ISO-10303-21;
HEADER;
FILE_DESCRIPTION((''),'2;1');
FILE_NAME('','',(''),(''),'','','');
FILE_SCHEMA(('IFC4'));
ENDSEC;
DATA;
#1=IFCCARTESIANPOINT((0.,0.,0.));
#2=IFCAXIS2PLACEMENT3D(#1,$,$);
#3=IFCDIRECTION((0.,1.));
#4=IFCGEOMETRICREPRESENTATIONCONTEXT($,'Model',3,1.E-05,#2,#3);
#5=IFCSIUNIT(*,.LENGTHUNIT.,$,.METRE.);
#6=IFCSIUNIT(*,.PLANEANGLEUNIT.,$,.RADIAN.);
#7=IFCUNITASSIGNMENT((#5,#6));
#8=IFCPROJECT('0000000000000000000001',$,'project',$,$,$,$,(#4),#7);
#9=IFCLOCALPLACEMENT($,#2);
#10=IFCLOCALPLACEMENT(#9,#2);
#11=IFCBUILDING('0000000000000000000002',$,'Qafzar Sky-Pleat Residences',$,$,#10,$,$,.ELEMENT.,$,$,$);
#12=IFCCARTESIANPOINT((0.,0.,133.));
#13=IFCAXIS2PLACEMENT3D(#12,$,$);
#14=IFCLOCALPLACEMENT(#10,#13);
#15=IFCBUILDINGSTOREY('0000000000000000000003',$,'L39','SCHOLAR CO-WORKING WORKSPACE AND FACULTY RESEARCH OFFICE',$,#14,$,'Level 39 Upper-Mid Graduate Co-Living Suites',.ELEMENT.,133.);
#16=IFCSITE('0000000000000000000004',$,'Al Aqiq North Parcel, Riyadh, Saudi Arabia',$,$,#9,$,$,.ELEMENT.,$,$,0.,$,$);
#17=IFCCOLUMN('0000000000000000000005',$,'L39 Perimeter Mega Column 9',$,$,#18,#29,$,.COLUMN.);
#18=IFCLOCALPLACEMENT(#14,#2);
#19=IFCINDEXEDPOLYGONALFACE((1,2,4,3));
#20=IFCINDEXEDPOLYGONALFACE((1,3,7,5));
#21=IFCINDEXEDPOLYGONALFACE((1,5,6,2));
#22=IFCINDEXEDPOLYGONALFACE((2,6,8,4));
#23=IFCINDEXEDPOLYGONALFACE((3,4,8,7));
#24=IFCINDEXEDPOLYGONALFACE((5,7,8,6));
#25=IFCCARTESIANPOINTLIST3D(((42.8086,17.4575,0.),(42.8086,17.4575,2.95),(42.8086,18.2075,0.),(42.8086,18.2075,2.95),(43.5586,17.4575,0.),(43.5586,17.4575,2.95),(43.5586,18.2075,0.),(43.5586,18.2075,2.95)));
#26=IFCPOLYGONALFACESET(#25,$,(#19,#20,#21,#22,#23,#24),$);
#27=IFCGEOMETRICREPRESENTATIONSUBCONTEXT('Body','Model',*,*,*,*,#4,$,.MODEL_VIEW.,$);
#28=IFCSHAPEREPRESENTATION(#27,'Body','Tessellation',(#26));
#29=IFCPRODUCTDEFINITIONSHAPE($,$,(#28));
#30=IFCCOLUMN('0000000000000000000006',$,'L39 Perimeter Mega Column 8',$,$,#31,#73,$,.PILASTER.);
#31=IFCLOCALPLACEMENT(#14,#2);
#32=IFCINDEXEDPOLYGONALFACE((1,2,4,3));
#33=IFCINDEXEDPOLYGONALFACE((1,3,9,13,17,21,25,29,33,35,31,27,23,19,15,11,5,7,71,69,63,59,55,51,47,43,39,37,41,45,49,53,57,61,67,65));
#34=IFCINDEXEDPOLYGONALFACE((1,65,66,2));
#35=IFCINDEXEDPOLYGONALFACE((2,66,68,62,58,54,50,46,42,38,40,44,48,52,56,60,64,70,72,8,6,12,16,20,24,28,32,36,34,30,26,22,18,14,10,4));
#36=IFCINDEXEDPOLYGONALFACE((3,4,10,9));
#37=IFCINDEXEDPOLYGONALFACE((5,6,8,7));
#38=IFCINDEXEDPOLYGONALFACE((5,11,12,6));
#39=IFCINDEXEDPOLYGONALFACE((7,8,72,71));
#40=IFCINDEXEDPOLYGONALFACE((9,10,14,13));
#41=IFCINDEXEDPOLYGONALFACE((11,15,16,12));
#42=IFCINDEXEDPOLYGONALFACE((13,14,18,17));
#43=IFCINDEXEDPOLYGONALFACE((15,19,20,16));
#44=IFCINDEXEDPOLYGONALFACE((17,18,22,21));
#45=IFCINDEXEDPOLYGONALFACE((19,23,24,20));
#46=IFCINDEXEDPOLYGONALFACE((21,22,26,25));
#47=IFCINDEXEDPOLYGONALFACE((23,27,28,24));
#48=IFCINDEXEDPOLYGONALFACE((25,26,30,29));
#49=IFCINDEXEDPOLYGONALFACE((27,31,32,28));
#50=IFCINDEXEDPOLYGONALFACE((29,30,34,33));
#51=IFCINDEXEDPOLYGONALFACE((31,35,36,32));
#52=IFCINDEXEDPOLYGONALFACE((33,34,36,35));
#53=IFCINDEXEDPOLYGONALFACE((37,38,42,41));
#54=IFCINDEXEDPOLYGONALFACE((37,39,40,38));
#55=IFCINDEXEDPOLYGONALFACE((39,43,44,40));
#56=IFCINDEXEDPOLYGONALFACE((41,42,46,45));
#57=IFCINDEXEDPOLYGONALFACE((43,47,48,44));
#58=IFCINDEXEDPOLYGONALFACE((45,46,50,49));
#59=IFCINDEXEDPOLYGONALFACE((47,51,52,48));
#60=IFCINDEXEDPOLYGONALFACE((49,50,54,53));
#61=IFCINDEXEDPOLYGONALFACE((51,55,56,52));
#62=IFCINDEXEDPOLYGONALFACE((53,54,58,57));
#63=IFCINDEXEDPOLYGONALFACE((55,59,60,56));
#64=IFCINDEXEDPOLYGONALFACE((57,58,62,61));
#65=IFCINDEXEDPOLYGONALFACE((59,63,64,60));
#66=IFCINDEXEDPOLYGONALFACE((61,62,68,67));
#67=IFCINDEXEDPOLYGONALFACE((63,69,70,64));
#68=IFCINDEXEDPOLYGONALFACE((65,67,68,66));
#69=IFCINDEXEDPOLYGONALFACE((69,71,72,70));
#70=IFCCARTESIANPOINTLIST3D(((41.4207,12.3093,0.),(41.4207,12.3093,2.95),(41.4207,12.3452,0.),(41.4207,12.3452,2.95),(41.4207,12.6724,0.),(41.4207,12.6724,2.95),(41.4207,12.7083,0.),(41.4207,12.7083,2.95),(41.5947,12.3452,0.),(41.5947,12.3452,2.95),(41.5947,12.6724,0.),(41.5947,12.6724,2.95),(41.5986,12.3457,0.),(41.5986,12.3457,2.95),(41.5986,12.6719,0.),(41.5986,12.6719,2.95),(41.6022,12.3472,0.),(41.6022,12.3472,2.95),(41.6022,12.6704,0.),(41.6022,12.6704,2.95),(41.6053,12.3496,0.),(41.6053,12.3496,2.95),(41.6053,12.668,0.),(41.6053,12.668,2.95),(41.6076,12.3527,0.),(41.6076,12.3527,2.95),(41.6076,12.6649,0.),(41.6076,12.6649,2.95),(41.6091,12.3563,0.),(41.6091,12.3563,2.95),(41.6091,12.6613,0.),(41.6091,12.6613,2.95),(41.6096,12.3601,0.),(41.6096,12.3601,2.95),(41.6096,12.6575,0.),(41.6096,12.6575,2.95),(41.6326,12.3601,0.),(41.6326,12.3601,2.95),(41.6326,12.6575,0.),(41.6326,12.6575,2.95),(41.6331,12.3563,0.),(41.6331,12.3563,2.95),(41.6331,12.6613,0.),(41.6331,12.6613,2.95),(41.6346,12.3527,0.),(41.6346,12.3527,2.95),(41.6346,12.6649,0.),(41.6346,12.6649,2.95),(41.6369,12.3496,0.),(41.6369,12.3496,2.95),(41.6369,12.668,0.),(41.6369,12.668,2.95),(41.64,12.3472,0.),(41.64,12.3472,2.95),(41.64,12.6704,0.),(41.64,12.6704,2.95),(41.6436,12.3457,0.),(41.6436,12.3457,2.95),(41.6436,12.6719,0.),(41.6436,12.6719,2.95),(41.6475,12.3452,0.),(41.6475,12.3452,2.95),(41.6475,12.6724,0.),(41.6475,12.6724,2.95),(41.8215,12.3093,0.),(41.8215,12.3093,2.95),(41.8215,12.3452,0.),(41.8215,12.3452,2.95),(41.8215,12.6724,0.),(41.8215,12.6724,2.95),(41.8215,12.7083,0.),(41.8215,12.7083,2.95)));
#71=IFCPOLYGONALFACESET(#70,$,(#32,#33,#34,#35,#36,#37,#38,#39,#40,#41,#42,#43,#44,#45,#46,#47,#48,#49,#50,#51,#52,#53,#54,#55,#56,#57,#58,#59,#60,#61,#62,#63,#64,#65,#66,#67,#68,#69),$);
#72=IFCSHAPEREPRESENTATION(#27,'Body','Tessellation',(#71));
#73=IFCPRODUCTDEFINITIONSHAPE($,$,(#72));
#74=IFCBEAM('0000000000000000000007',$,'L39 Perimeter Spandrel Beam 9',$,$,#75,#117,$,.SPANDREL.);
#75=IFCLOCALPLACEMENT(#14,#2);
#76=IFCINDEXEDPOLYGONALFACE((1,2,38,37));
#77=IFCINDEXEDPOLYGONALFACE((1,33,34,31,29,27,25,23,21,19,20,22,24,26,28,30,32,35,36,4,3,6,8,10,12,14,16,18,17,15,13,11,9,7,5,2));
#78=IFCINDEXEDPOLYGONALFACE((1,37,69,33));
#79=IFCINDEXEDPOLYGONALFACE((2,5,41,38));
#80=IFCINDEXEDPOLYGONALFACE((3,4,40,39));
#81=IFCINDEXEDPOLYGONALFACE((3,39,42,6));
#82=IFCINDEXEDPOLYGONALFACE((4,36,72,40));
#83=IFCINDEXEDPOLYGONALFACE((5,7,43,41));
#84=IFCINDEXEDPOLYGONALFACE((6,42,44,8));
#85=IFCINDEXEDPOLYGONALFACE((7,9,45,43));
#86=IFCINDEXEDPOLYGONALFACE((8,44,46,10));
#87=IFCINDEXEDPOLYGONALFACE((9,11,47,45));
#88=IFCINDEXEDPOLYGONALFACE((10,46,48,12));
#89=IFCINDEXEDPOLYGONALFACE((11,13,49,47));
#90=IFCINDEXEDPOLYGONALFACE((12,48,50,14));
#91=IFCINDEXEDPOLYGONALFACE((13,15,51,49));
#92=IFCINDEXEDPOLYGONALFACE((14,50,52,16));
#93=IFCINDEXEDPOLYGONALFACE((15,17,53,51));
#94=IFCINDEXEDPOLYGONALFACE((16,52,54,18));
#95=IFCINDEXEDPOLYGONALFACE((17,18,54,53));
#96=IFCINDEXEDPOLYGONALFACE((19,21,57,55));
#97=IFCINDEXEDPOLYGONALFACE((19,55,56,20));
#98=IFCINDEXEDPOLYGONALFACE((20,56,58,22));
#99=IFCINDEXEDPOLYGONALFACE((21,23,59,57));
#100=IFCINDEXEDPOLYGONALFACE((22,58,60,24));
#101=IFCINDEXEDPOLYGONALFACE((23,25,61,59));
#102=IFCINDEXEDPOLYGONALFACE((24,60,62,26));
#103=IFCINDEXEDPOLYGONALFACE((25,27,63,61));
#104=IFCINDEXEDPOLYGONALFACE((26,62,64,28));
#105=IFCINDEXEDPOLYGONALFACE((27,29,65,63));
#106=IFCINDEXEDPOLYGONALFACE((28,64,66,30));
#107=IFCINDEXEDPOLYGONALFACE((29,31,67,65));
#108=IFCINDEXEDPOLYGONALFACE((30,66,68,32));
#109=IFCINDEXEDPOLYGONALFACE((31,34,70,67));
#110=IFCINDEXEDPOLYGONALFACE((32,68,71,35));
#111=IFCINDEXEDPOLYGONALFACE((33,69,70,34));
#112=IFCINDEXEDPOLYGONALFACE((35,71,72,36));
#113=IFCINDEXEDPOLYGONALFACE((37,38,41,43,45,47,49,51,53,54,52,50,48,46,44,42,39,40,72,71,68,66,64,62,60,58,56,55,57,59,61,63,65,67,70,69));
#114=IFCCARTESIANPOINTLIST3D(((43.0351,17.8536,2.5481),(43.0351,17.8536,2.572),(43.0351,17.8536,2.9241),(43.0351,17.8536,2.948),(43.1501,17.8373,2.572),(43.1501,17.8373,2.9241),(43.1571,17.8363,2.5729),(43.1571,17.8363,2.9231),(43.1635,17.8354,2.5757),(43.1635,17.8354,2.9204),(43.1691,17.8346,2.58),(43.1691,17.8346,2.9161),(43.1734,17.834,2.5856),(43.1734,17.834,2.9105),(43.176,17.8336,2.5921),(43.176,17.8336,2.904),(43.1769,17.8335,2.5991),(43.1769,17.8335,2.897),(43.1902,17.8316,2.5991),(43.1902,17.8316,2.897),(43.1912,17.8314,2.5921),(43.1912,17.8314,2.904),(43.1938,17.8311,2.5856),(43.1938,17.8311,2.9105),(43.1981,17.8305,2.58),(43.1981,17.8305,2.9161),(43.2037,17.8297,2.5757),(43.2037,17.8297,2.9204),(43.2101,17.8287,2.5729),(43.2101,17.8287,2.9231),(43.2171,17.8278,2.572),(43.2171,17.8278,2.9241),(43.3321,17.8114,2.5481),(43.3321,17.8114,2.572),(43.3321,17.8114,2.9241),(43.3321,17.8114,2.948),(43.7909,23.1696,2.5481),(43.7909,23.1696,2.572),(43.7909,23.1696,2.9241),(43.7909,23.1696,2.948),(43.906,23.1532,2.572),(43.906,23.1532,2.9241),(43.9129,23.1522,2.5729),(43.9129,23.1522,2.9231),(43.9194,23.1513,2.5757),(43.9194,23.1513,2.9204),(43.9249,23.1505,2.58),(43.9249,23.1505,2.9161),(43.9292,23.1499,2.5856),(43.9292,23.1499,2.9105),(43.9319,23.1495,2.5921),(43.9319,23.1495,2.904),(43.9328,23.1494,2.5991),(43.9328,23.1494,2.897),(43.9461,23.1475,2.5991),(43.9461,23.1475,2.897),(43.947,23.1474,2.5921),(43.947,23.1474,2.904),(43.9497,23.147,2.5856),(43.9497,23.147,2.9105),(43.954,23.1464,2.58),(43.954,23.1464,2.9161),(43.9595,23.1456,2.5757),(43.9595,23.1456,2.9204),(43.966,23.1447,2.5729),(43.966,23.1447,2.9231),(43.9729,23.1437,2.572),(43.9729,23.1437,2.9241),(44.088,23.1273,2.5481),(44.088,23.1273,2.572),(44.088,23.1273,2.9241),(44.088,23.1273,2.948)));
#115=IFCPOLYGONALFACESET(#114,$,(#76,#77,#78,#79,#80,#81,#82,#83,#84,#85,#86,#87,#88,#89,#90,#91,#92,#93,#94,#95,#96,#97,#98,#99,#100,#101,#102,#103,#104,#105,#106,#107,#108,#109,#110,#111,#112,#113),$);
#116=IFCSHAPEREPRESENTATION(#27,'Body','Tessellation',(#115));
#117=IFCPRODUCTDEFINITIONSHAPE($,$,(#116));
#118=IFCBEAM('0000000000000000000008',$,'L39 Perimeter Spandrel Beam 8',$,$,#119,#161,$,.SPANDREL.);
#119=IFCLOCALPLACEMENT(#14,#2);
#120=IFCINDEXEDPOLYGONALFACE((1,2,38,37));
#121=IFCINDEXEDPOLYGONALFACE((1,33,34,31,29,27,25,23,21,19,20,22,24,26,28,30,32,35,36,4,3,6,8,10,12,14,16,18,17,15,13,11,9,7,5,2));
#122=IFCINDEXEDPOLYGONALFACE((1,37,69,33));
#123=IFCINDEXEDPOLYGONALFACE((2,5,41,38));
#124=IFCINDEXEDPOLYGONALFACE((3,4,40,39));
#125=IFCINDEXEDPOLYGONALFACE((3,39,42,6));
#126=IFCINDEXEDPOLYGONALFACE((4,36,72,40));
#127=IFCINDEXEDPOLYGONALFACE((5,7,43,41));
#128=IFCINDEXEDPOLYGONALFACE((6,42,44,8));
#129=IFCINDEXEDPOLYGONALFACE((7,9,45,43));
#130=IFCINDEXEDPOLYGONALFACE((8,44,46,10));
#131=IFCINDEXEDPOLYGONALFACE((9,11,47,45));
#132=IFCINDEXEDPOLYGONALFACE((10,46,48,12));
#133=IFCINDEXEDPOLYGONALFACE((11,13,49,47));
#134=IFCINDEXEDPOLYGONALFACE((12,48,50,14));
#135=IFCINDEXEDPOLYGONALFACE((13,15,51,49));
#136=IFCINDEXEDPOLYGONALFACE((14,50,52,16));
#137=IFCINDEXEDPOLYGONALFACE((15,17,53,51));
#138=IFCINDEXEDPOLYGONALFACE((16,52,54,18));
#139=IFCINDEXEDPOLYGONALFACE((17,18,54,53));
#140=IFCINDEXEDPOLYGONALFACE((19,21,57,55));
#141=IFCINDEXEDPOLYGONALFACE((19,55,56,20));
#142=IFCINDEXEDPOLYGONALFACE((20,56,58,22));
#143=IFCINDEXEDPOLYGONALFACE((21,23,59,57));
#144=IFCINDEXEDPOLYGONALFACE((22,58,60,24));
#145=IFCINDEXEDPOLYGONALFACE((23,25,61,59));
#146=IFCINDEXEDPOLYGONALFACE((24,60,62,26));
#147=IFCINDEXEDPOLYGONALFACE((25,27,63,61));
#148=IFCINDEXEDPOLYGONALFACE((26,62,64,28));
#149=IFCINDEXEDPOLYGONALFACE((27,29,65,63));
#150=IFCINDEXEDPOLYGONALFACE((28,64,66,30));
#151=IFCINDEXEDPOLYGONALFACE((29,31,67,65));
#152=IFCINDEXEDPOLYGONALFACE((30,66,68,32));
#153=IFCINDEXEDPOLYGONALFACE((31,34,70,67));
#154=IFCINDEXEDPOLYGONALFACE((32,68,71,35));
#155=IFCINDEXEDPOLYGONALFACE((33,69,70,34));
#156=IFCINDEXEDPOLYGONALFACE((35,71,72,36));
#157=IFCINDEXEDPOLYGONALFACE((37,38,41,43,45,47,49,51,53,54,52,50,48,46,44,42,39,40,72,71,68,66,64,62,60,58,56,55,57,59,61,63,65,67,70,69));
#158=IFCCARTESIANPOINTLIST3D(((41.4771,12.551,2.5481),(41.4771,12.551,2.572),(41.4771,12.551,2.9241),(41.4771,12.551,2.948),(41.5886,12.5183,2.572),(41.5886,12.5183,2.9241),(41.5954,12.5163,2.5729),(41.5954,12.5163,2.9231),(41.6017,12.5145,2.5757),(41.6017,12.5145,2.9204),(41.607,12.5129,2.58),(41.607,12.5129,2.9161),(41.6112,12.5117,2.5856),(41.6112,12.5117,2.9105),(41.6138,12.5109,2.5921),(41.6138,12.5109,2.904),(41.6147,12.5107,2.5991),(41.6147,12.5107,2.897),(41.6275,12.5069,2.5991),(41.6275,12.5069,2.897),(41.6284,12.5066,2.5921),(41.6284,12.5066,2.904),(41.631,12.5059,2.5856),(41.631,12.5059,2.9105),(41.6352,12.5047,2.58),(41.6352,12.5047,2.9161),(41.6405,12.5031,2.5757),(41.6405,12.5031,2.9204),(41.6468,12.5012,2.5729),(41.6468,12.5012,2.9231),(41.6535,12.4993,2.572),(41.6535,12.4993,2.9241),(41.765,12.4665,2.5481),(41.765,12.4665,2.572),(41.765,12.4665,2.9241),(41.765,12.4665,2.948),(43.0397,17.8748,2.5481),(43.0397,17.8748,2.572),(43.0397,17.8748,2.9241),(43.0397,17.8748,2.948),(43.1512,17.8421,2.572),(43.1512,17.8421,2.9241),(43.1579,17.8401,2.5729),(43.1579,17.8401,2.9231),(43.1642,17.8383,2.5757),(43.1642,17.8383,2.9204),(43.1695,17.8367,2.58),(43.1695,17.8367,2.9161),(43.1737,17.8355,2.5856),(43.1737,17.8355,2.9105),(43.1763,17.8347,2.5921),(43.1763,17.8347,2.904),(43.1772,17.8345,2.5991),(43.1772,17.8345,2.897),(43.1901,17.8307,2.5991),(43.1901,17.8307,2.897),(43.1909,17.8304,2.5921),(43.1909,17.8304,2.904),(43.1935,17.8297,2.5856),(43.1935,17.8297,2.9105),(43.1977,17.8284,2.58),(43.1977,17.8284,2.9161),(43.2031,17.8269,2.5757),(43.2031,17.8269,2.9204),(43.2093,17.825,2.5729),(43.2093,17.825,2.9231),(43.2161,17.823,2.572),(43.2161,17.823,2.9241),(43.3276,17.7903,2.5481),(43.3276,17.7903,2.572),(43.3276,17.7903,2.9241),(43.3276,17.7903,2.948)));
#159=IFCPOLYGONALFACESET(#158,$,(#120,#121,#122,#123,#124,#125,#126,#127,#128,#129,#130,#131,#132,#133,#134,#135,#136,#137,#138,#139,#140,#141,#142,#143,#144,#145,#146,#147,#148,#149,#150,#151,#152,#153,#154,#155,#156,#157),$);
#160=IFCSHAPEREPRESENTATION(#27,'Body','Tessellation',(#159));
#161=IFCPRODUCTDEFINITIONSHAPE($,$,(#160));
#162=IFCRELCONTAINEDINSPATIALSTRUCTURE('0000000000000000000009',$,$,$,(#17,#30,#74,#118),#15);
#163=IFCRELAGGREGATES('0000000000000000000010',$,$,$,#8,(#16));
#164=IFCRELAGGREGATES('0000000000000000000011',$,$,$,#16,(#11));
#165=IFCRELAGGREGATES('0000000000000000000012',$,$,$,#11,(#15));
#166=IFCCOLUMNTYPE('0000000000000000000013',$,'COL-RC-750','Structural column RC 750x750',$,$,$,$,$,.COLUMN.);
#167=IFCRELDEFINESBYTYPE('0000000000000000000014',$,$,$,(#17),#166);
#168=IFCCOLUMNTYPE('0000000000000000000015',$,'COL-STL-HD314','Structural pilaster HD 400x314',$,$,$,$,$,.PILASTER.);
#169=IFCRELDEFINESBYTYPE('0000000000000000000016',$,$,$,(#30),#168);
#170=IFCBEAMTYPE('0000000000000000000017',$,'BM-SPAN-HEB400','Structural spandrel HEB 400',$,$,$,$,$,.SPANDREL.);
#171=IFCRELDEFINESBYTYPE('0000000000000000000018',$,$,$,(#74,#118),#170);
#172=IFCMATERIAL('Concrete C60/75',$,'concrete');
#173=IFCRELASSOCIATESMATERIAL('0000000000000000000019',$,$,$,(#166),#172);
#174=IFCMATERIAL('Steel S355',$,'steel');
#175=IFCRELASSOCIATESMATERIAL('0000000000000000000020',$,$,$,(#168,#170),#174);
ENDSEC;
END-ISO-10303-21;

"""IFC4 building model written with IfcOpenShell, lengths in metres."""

from ifc_helpers import new_model, si_unit, direction, frame, origin, origin_2d, place, context, subcontext, project, spatial, rectangle, i_section, extrude, source, transform, mapped, material, material_profile, profile_set, type_object, element, save


model = new_model("IFC4")

# Units and contexts
model_context = context("Model", 3, precision=1e-05, world=origin(), true_north=direction((0.0, 1.0)))
body_context = subcontext(model_context, "Body", "Model", "MODEL_VIEW")
ifc_project = project(units=[si_unit("LENGTHUNIT", "METRE"), si_unit("PLANEANGLEUNIT", "RADIAN")], contexts=[model_context])

# Site, building, storey
site_placement = place(None, origin())
site = spatial("IfcSite", under=ifc_project, at=site_placement, Name="Al Aqiq North Parcel, Riyadh, Saudi Arabia", CompositionType="ELEMENT", RefElevation=0.0)
building_placement = place(site_placement, origin())
building = spatial("IfcBuilding", under=site, at=building_placement, Name="Qafzar Sky-Pleat Residences", CompositionType="ELEMENT")
storey_placement = place(building_placement, frame((0.0, 0.0, 133.0)))
storey = spatial("IfcBuildingStorey", under=building, at=storey_placement, Name="L39", Description="SCHOLAR CO-WORKING WORKSPACE AND FACULTY RESEARCH OFFICE", LongName="Level 39 Upper-Mid Graduate Co-Living Suites", CompositionType="ELEMENT", Elevation=133.0)

# Columns
ifc_material_1 = material(Name="Concrete C60/75", Category="concrete")
ifc_material_profile_1 = material_profile(ifc_material_1, rectangle(XDim=0.75, YDim=0.75, at=origin_2d()), Name="RC 750x750")
ifc_profile_set_1 = profile_set([ifc_material_profile_1], Name="Concrete C60/75")
column_type_1 = type_object("IfcColumnType", Name="COL-RC-750", Description="Structural column RC 750x750", PredefinedType="COLUMN", material=ifc_profile_set_1)
shared_shape_1 = source(origin(), body_context, "Body", "SweptSolid", [
    extrude(rectangle(XDim=0.75, YDim=0.75, at=origin_2d()), origin(), (0.0, 0.0, 1.0), 2.95),
])
column_1_placement = place(storey_placement, frame((43.1836, 17.8325, 0.0), z_axis=(0.0, 0.0, 1.0), x_axis=(1.0, 0.0, 0.0)))
element("IfcColumn", 1, at=column_1_placement, inside=storey, type_object=column_type_1, Name="L39 Perimeter Mega Column 9", PredefinedType="COLUMN", context=body_context, shape_type="MappedRepresentation", body=[
    mapped(shared_shape_1, transform((0.0, 0.0, 0.0), x_axis=(1.0, 0.0, 0.0), y_axis=(0.0, 1.0, 0.0), z_axis=(0.0, 0.0, 1.0), scale=1.0)),
])
ifc_material_2 = material(Name="Steel S355", Category="steel")
ifc_material_profile_2 = material_profile(ifc_material_2, i_section(OverallWidth=0.4009, OverallDepth=0.3989, WebThickness=0.0229, FlangeThickness=0.0359, FilletRadius=0.0149, at=origin_2d()), Name="HD 400x314")
ifc_profile_set_2 = profile_set([ifc_material_profile_2], Name="Steel S355")
column_type_2 = type_object("IfcColumnType", Name="COL-STL-HD314", Description="Structural pilaster HD 400x314", PredefinedType="PILASTER", material=ifc_profile_set_2)
shared_shape_2 = source(origin(), body_context, "Body", "SweptSolid", [
    extrude(i_section(OverallWidth=0.4009, OverallDepth=0.3989, WebThickness=0.0229, FlangeThickness=0.0359, FilletRadius=0.0149, at=origin_2d()), origin(), (0.0, 0.0, 1.0), 2.95),
])
column_2_placement = place(storey_placement, frame((41.6211, 12.5088, 0.0), z_axis=(0.0, 0.0, 1.0), x_axis=(1.0, 0.0, 0.0)))
element("IfcColumn", 2, at=column_2_placement, inside=storey, type_object=column_type_2, Name="L39 Perimeter Mega Column 8", PredefinedType="PILASTER", context=body_context, shape_type="MappedRepresentation", body=[
    mapped(shared_shape_2, transform((0.0, 0.0, 0.0), x_axis=(1.0, 0.0, 0.0), y_axis=(0.0, 1.0, 0.0), z_axis=(0.0, 0.0, 1.0), scale=1.0)),
])

# Beams
ifc_material_profile_3 = material_profile(ifc_material_2, i_section(OverallWidth=0.3, OverallDepth=0.3999, WebThickness=0.0134, FlangeThickness=0.0239, FilletRadius=0.0271, at=origin_2d()), Name="HEB 400")
ifc_profile_set_3 = profile_set([ifc_material_profile_3], Name="Steel S355")
beam_type = type_object("IfcBeamType", Name="BM-SPAN-HEB400", Description="Structural spandrel HEB 400", PredefinedType="SPANDREL", material=ifc_profile_set_3)
shared_shape_3 = source(origin(), body_context, "Body", "SweptSolid", [
    extrude(i_section(OverallWidth=0.3, OverallDepth=0.3999, WebThickness=0.0134, FlangeThickness=0.0239, FilletRadius=0.0271, at=origin_2d()), origin(), (0.0, 0.0, 1.0), 5.3694),
])
beam_1_placement = place(storey_placement, frame((43.1836, 17.8325, 2.748), z_axis=(0.140772, 0.990042, 0.0), x_axis=(-0.990042, 0.140772, 0.0)))
element("IfcBeam", 3, at=beam_1_placement, inside=storey, type_object=beam_type, Name="L39 Perimeter Spandrel Beam 9", PredefinedType="SPANDREL", context=body_context, shape_type="MappedRepresentation", body=[
    mapped(shared_shape_3, transform((0.0, 0.0, 0.0), x_axis=(1.0, 0.0, 0.0), y_axis=(0.0, 1.0, 0.0), z_axis=(0.0, 0.0, 1.0), scale=1.0)),
])
shared_shape_4 = source(origin(), body_context, "Body", "SweptSolid", [
    extrude(i_section(OverallWidth=0.3, OverallDepth=0.3999, WebThickness=0.0134, FlangeThickness=0.0239, FilletRadius=0.0271, at=origin_2d()), origin(), (0.0, 0.0, 1.0), 5.5483),
])
beam_2_placement = place(storey_placement, frame((41.6211, 12.5088, 2.748), z_axis=(0.281618, 0.959527, 0.0), x_axis=(-0.959527, 0.281618, 0.0)))
element("IfcBeam", 4, at=beam_2_placement, inside=storey, type_object=beam_type, Name="L39 Perimeter Spandrel Beam 8", PredefinedType="SPANDREL", context=body_context, shape_type="MappedRepresentation", body=[
    mapped(shared_shape_4, transform((0.0, 0.0, 0.0), x_axis=(1.0, 0.0, 0.0), y_axis=(0.0, 1.0, 0.0), z_axis=(0.0, 0.0, 1.0), scale=1.0)),
])

save(model, "model.ifc")
